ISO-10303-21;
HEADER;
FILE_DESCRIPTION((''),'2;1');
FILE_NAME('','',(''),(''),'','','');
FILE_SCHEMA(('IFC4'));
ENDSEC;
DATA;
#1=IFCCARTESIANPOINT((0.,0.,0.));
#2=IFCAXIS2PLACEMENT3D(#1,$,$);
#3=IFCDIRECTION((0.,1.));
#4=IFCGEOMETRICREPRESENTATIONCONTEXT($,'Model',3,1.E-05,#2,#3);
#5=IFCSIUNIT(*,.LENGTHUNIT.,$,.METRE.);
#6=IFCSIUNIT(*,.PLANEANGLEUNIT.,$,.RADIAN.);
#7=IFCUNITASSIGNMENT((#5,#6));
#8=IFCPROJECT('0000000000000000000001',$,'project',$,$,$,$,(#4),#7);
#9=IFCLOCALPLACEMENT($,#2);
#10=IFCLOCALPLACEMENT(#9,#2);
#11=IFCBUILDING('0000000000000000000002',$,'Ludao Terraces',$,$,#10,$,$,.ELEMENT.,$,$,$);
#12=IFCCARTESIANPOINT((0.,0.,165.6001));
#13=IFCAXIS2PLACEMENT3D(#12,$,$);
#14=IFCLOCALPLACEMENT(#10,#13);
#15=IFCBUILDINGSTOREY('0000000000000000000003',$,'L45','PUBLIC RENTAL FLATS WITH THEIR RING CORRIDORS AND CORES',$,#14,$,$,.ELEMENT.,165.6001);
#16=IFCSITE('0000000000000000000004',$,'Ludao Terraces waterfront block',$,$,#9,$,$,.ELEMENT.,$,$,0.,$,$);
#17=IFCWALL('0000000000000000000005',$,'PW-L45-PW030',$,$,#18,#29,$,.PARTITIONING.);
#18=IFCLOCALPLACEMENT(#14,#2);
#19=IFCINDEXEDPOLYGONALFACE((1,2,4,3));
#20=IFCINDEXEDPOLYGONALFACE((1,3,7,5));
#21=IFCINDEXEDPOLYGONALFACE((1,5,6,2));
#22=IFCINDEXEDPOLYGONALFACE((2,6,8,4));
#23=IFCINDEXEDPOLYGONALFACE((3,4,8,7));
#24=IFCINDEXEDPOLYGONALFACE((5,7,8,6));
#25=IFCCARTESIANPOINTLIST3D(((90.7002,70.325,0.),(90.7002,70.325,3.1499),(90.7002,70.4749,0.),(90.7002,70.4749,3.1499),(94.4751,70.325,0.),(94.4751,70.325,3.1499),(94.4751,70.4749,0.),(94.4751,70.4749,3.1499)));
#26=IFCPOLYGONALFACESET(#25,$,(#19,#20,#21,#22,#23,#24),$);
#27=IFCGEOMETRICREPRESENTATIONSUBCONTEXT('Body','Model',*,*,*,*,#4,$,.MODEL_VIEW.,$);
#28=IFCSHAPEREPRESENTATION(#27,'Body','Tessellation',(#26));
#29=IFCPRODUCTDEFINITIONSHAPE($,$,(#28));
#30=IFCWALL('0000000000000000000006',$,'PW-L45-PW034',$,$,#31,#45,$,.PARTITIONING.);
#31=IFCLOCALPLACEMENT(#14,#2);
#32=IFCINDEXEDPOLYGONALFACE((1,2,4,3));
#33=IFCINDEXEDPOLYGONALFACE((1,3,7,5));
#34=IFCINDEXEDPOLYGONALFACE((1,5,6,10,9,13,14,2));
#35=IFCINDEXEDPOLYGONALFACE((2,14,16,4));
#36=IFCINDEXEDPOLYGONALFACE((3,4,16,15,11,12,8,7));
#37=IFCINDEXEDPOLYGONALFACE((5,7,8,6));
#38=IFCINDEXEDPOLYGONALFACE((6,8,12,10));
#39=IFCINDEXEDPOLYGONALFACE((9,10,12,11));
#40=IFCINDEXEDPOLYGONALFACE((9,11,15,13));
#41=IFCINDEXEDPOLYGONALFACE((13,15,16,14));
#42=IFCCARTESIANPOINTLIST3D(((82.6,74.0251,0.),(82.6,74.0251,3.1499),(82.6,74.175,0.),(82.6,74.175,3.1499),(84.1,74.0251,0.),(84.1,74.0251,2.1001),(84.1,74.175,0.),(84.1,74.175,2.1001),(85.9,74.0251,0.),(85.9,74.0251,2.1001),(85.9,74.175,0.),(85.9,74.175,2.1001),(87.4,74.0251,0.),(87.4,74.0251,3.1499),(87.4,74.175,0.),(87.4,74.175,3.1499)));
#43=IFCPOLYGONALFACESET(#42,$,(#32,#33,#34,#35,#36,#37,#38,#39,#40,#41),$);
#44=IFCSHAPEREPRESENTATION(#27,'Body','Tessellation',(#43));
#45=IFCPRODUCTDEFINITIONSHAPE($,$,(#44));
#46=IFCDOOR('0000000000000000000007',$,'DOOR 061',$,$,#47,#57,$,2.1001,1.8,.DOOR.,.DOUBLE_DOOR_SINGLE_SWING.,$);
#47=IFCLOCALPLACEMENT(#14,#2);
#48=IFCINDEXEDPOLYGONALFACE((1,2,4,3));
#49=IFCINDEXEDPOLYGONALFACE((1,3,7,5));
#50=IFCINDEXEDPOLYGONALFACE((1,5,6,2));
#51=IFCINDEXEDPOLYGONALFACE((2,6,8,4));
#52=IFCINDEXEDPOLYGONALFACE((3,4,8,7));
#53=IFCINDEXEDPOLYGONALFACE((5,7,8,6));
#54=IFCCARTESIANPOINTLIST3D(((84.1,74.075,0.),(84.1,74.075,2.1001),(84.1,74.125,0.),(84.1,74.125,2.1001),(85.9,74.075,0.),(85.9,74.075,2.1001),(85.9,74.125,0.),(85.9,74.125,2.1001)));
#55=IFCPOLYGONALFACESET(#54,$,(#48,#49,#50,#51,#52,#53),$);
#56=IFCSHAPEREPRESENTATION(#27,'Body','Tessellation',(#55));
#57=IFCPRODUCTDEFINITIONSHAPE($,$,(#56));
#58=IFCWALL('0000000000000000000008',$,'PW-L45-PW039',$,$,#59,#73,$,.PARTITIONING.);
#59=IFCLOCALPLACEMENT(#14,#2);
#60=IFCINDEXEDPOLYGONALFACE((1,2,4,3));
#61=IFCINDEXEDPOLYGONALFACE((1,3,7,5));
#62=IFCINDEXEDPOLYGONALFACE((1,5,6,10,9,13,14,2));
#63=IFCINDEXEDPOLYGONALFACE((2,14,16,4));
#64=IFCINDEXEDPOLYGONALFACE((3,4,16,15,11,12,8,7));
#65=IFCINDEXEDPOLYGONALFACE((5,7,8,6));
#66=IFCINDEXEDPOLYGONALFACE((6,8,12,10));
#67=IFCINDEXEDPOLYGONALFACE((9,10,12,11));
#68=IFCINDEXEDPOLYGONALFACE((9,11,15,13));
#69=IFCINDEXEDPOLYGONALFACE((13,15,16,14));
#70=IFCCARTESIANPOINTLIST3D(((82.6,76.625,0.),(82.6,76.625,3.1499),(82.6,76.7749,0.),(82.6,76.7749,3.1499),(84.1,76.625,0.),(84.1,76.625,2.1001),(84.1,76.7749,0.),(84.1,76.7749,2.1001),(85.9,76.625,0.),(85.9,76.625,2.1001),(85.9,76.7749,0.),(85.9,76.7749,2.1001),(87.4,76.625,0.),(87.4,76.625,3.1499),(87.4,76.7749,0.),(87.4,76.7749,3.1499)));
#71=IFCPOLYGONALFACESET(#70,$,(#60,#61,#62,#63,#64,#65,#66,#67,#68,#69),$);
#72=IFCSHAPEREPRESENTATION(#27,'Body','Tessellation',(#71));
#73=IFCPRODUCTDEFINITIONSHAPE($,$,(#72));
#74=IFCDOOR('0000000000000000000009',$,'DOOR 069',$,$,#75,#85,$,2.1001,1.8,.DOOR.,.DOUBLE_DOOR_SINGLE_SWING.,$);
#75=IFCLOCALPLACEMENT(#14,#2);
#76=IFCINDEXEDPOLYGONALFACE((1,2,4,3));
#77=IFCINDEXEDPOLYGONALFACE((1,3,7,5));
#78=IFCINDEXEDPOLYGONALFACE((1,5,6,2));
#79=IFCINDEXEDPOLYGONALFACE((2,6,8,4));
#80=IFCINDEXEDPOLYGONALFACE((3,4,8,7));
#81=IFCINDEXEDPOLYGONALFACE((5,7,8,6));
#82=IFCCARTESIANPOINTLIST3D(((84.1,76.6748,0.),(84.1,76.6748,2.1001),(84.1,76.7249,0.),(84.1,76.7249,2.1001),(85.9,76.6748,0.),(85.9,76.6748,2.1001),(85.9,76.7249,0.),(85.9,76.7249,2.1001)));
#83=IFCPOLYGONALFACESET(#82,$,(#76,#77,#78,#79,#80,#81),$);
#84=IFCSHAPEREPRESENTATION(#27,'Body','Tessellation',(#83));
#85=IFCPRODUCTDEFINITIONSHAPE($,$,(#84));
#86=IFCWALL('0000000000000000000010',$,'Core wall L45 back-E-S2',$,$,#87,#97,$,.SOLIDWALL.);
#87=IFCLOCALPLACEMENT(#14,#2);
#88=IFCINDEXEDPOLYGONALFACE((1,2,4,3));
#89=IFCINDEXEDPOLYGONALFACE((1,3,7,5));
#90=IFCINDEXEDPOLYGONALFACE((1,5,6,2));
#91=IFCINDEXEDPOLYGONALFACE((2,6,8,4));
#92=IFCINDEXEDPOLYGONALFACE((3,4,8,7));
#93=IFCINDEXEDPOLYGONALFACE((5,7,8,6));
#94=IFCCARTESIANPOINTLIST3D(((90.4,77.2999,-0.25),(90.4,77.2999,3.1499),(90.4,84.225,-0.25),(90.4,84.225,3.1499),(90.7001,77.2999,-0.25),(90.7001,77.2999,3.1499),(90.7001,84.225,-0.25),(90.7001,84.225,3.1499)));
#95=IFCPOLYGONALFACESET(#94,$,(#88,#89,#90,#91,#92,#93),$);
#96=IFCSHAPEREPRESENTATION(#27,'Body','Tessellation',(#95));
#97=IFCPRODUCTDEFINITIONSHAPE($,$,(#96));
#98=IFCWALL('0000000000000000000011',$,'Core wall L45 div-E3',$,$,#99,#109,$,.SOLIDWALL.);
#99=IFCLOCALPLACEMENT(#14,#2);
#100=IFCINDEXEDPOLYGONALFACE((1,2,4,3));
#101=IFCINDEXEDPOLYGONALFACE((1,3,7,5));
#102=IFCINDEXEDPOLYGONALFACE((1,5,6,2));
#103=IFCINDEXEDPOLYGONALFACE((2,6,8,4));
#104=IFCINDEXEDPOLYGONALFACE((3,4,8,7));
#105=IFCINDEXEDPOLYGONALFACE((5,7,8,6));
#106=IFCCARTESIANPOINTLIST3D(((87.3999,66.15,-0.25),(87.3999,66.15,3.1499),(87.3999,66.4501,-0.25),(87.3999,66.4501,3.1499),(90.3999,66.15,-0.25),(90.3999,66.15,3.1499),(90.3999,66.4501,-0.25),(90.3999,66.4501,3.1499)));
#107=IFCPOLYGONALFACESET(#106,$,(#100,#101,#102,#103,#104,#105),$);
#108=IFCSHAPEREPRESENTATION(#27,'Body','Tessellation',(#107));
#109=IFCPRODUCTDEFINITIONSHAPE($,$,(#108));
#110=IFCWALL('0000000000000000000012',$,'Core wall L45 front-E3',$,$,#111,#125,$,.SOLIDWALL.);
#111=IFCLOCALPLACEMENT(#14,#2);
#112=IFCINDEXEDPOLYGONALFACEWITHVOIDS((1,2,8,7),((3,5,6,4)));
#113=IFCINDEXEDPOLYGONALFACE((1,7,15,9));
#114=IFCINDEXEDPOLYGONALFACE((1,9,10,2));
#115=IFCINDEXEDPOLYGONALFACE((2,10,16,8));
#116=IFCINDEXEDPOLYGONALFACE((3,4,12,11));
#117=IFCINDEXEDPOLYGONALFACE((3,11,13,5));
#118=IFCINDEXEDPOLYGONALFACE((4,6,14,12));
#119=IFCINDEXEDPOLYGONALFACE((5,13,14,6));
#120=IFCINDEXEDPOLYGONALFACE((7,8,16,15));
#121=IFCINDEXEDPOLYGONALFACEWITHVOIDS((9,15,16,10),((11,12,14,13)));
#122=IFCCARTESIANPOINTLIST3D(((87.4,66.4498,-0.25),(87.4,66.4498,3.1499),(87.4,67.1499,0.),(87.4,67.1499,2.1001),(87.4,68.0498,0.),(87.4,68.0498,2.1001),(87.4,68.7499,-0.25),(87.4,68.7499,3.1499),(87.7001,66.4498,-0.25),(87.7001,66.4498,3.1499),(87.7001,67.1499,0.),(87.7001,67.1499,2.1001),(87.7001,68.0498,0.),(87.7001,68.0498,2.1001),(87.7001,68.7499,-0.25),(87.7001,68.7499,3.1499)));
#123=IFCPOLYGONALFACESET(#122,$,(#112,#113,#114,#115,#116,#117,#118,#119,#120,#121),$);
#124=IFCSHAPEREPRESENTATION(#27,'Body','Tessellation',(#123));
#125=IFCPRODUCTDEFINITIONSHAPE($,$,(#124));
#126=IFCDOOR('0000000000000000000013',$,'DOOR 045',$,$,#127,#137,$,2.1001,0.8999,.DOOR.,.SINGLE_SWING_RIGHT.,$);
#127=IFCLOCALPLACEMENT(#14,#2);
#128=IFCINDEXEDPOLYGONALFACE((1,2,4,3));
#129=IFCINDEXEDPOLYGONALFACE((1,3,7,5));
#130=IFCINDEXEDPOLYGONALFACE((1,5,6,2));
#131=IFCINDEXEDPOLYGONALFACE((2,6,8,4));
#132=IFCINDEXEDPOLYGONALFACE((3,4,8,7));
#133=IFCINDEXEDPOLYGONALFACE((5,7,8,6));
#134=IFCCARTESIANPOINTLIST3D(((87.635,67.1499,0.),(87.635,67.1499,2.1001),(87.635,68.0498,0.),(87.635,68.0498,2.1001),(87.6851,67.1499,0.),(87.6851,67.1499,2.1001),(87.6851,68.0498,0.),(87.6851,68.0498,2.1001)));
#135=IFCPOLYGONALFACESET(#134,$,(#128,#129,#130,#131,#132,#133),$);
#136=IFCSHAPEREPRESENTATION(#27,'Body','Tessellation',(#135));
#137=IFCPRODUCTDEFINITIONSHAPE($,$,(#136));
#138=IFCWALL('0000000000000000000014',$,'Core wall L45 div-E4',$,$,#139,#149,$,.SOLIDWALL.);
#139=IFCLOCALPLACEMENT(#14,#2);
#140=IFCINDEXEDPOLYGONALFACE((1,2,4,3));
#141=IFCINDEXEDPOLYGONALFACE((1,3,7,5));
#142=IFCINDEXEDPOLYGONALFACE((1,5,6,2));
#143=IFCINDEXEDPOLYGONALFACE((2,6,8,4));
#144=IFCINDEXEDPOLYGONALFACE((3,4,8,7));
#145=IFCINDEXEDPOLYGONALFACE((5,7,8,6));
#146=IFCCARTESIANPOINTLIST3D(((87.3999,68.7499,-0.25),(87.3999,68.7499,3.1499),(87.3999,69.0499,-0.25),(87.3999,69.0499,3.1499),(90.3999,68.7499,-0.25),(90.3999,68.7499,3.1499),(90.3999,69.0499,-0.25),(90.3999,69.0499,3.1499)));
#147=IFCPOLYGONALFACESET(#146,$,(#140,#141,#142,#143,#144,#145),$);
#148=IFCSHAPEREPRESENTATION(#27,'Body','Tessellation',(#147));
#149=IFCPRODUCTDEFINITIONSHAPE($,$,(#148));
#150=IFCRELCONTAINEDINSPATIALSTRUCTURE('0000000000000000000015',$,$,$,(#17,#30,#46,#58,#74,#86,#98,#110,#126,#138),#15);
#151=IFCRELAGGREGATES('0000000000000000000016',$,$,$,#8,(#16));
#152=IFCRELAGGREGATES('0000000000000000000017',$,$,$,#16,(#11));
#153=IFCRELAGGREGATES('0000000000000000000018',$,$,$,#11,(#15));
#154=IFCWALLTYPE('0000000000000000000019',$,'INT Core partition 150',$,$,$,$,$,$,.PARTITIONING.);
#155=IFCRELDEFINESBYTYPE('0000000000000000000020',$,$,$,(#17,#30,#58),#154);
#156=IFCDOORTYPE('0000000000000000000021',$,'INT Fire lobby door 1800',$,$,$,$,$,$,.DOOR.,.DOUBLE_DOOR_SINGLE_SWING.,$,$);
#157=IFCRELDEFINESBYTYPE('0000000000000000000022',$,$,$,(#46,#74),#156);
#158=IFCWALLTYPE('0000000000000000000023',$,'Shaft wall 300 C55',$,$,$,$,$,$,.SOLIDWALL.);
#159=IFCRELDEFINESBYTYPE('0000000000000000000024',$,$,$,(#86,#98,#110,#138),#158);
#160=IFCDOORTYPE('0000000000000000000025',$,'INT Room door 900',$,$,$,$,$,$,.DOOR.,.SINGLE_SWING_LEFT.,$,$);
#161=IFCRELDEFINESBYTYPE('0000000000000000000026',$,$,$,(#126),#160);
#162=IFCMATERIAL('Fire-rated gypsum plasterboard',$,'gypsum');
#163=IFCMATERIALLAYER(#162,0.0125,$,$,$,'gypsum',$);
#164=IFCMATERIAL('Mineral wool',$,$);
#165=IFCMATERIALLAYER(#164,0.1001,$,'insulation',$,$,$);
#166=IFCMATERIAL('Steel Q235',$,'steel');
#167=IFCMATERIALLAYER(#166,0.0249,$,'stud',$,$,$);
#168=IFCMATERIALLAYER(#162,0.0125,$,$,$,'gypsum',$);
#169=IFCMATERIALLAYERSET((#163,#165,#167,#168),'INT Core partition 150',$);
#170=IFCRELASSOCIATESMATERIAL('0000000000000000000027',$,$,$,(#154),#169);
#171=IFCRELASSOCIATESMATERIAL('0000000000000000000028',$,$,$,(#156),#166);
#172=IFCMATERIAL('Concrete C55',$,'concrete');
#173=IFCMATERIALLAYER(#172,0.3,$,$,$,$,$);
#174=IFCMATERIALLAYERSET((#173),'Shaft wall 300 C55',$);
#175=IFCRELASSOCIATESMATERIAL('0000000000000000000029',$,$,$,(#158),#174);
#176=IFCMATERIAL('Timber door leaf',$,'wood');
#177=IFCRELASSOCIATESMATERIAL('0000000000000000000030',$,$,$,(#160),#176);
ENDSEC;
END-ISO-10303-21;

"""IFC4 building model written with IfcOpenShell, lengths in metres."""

from ifc_helpers import new_model, si_unit, direction, frame, frame_2d, origin, place, context, subcontext, project, spatial, rectangle, extrude, material, layer, layer_set, type_object, element, fill, save


model = new_model("IFC4")

# Units and contexts
model_context = context("Model", 3, precision=1e-05, world=origin(), true_north=direction((0.0, 1.0)))
body_context = subcontext(model_context, "Body", "Model", "MODEL_VIEW")
ifc_project = project(units=[si_unit("LENGTHUNIT", "METRE"), si_unit("PLANEANGLEUNIT", "RADIAN")], contexts=[model_context])

# Site, building, storey
site_placement = place(None, origin())
site = spatial("IfcSite", under=ifc_project, at=site_placement, Name="Ludao Terraces waterfront block", CompositionType="ELEMENT", RefElevation=0.0)
building_placement = place(site_placement, origin())
building = spatial("IfcBuilding", under=site, at=building_placement, Name="Ludao Terraces", CompositionType="ELEMENT")
storey_placement = place(building_placement, frame((0.0, 0.0, 165.6001)))
storey = spatial("IfcBuildingStorey", under=building, at=storey_placement, Name="L45", Description="PUBLIC RENTAL FLATS WITH THEIR RING CORRIDORS AND CORES", CompositionType="ELEMENT", Elevation=165.6001)

# Wall
ifc_material_1 = material(Name="Fire-rated gypsum plasterboard", Category="gypsum")
ifc_layer_1 = layer(ifc_material_1, 0.0125, Category="gypsum")
ifc_material_2 = material(Name="Mineral wool")
ifc_layer_2 = layer(ifc_material_2, 0.1001, Name="insulation")
ifc_material_3 = material(Name="Steel Q235", Category="steel")
ifc_layer_3 = layer(ifc_material_3, 0.0249, Name="stud")
ifc_layer_4 = layer(ifc_material_1, 0.0125, Category="gypsum")
ifc_layer_set_1 = layer_set([ifc_layer_1, ifc_layer_2, ifc_layer_3, ifc_layer_4], Name="INT Core partition 150")
wall_type_1 = type_object("IfcWallType", Name="INT Core partition 150", PredefinedType="PARTITIONING", material=ifc_layer_set_1)
wall_1_placement = place(storey_placement, frame((90.7002, 70.3999, 0.0), z_axis=(0.0, 0.0, 1.0), x_axis=(1.0, 0.0, 0.0)))
element("IfcWall", 1, at=wall_1_placement, inside=storey, type_object=wall_type_1, Name="PW-L45-PW030", PredefinedType="PARTITIONING", context=body_context, shape_type="SweptSolid", body=[
    extrude(rectangle(XDim=3.7749, YDim=0.1499, at=frame_2d((1.8875, 0.0))), origin(), (0.0, 0.0, 1.0), 3.1499),
])

# Walls, openings, doors
wall_2_placement = place(storey_placement, frame((82.6001, 74.1001, 0.0), z_axis=(0.0, 0.0, 1.0), x_axis=(1.0, 0.0, 0.0)))
wall_2 = element("IfcWall", 2, at=wall_2_placement, inside=storey, type_object=wall_type_1, Name="PW-L45-PW034", PredefinedType="PARTITIONING", context=body_context, shape_type="SweptSolid", body=[
    extrude(rectangle(XDim=4.8, YDim=0.1499, at=frame_2d((2.3999, 0.0))), origin(), (0.0, 0.0, 1.0), 3.1499),
])
opening_1_placement = place(wall_2_placement, frame((1.5, 0.0, 0.0)))
opening_1 = element("IfcOpeningElement", 3, at=opening_1_placement, cuts=wall_2, PredefinedType="OPENING", context=body_context, shape_type="SweptSolid", body=[
    extrude(rectangle(XDim=1.8, YDim=2.1001, at=frame_2d((0.8999, 1.05))), frame((0.0, 0.085, 0.0), z_axis=(0.0, -1.0, 0.0), x_axis=(1.0, 0.0, 0.0)), (0.0, 0.0, 1.0), 0.1699),
])
door_type_1 = type_object("IfcDoorType", Name="INT Fire lobby door 1800", OperationType="DOUBLE_DOOR_SINGLE_SWING", PredefinedType="DOOR", material=ifc_material_3)
door_1_placement = place(opening_1_placement, origin())
door_1 = element("IfcDoor", 4, at=door_1_placement, inside=storey, type_object=door_type_1, Name="DOOR 061", OperationType="DOUBLE_DOOR_SINGLE_SWING", OverallHeight=2.1001, OverallWidth=1.8, PredefinedType="DOOR", context=body_context, shape_type="SweptSolid", body=[
    extrude(rectangle(XDim=1.8, YDim=2.1001, at=frame_2d((0.8999, 1.05))), frame((0.0, 0.0249, 0.0), z_axis=(0.0, -1.0, 0.0), x_axis=(1.0, 0.0, 0.0)), (0.0, 0.0, 1.0), 0.05),
])
fill(opening_1, door_1)
wall_3_placement = place(storey_placement, frame((82.6001, 76.7, 0.0), z_axis=(0.0, 0.0, 1.0), x_axis=(1.0, 0.0, 0.0)))
wall_3 = element("IfcWall", 5, at=wall_3_placement, inside=storey, type_object=wall_type_1, Name="PW-L45-PW039", PredefinedType="PARTITIONING", context=body_context, shape_type="SweptSolid", body=[
    extrude(rectangle(XDim=4.8, YDim=0.1499, at=frame_2d((2.3999, 0.0))), origin(), (0.0, 0.0, 1.0), 3.1499),
])
opening_2_placement = place(wall_3_placement, frame((1.5, 0.0, 0.0)))
opening_2 = element("IfcOpeningElement", 6, at=opening_2_placement, cuts=wall_3, PredefinedType="OPENING", context=body_context, shape_type="SweptSolid", body=[
    extrude(rectangle(XDim=1.8, YDim=2.1001, at=frame_2d((0.8999, 1.05))), frame((0.0, 0.085, 0.0), z_axis=(0.0, -1.0, 0.0), x_axis=(1.0, 0.0, 0.0)), (0.0, 0.0, 1.0), 0.1699),
])
door_2_placement = place(opening_2_placement, origin())
door_2 = element("IfcDoor", 7, at=door_2_placement, inside=storey, type_object=door_type_1, Name="DOOR 069", OperationType="DOUBLE_DOOR_SINGLE_SWING", OverallHeight=2.1001, OverallWidth=1.8, PredefinedType="DOOR", context=body_context, shape_type="SweptSolid", body=[
    extrude(rectangle(XDim=1.8, YDim=2.1001, at=frame_2d((0.8999, 1.05))), frame((0.0, 0.0249, 0.0), z_axis=(0.0, -1.0, 0.0), x_axis=(1.0, 0.0, 0.0)), (0.0, 0.0, 1.0), 0.05),
])
fill(opening_2, door_2)

# Walls
ifc_material_4 = material(Name="Concrete C55", Category="concrete")
ifc_layer_5 = layer(ifc_material_4, 0.3)
ifc_layer_set_2 = layer_set([ifc_layer_5], Name="Shaft wall 300 C55")
wall_type_2 = type_object("IfcWallType", Name="Shaft wall 300 C55", PredefinedType="SOLIDWALL", material=ifc_layer_set_2)
wall_4_placement = place(storey_placement, frame((90.55, 77.3, -0.25), z_axis=(0.0, 0.0, 1.0), x_axis=(0.0, 1.0, 0.0)))
element("IfcWall", 8, at=wall_4_placement, inside=storey, type_object=wall_type_2, Name="Core wall L45 back-E-S2", PredefinedType="SOLIDWALL", context=body_context, shape_type="SweptSolid", body=[
    extrude(rectangle(XDim=6.925, YDim=0.3, at=frame_2d((3.4624, 0.0))), origin(), (0.0, 0.0, 1.0), 3.3999),
])
wall_5_placement = place(storey_placement, frame((87.3999, 66.3, -0.25), z_axis=(0.0, 0.0, 1.0), x_axis=(1.0, 0.0, 0.0)))
element("IfcWall", 9, at=wall_5_placement, inside=storey, type_object=wall_type_2, Name="Core wall L45 div-E3", PredefinedType="SOLIDWALL", context=body_context, shape_type="SweptSolid", body=[
    extrude(rectangle(XDim=3.0, YDim=0.3, at=frame_2d((1.5, 0.0))), origin(), (0.0, 0.0, 1.0), 3.3999),
])

# Wall, opening, door
wall_6_placement = place(storey_placement, frame((87.55, 66.45, -0.25), z_axis=(0.0, 0.0, 1.0), x_axis=(0.0, 1.0, 0.0)))
wall_6 = element("IfcWall", 10, at=wall_6_placement, inside=storey, type_object=wall_type_2, Name="Core wall L45 front-E3", PredefinedType="SOLIDWALL", context=body_context, shape_type="SweptSolid", body=[
    extrude(rectangle(XDim=2.3, YDim=0.3, at=frame_2d((1.1499, 0.0))), origin(), (0.0, 0.0, 1.0), 3.3999),
])
opening_3_placement = place(wall_6_placement, frame((0.7, 0.0, 0.25)))
opening_3 = element("IfcOpeningElement", 11, at=opening_3_placement, cuts=wall_6, PredefinedType="OPENING", context=body_context, shape_type="SweptSolid", body=[
    extrude(rectangle(XDim=0.8999, YDim=2.1001, at=frame_2d((0.45, 1.05))), frame((0.0, 0.1602, 0.0), z_axis=(0.0, -1.0, 0.0), x_axis=(1.0, 0.0, 0.0)), (0.0, 0.0, 1.0), 0.3201),
])
ifc_material_5 = material(Name="Timber door leaf", Category="wood")
door_type_2 = type_object("IfcDoorType", Name="INT Room door 900", OperationType="SINGLE_SWING_LEFT", PredefinedType="DOOR", material=ifc_material_5)
door_3_placement = place(opening_3_placement, origin())
door_3 = element("IfcDoor", 12, at=door_3_placement, inside=storey, type_object=door_type_2, Name="DOOR 045", OperationType="SINGLE_SWING_RIGHT", OverallHeight=2.1001, OverallWidth=0.8999, PredefinedType="DOOR", context=body_context, shape_type="SweptSolid", body=[
    extrude(rectangle(XDim=0.8999, YDim=2.1001, at=frame_2d((0.45, 1.05))), frame((0.0, -0.085, 0.0), z_axis=(0.0, -1.0, 0.0), x_axis=(1.0, 0.0, 0.0)), (0.0, 0.0, 1.0), 0.05),
])
fill(opening_3, door_3)

# Wall
wall_7_placement = place(storey_placement, frame((87.3999, 68.8999, -0.25), z_axis=(0.0, 0.0, 1.0), x_axis=(1.0, 0.0, 0.0)))
element("IfcWall", 13, at=wall_7_placement, inside=storey, type_object=wall_type_2, Name="Core wall L45 div-E4", PredefinedType="SOLIDWALL", context=body_context, shape_type="SweptSolid", body=[
    extrude(rectangle(XDim=3.0, YDim=0.3, at=frame_2d((1.5, 0.0))), origin(), (0.0, 0.0, 1.0), 3.3999),
])

save(model, "model.ifc")
